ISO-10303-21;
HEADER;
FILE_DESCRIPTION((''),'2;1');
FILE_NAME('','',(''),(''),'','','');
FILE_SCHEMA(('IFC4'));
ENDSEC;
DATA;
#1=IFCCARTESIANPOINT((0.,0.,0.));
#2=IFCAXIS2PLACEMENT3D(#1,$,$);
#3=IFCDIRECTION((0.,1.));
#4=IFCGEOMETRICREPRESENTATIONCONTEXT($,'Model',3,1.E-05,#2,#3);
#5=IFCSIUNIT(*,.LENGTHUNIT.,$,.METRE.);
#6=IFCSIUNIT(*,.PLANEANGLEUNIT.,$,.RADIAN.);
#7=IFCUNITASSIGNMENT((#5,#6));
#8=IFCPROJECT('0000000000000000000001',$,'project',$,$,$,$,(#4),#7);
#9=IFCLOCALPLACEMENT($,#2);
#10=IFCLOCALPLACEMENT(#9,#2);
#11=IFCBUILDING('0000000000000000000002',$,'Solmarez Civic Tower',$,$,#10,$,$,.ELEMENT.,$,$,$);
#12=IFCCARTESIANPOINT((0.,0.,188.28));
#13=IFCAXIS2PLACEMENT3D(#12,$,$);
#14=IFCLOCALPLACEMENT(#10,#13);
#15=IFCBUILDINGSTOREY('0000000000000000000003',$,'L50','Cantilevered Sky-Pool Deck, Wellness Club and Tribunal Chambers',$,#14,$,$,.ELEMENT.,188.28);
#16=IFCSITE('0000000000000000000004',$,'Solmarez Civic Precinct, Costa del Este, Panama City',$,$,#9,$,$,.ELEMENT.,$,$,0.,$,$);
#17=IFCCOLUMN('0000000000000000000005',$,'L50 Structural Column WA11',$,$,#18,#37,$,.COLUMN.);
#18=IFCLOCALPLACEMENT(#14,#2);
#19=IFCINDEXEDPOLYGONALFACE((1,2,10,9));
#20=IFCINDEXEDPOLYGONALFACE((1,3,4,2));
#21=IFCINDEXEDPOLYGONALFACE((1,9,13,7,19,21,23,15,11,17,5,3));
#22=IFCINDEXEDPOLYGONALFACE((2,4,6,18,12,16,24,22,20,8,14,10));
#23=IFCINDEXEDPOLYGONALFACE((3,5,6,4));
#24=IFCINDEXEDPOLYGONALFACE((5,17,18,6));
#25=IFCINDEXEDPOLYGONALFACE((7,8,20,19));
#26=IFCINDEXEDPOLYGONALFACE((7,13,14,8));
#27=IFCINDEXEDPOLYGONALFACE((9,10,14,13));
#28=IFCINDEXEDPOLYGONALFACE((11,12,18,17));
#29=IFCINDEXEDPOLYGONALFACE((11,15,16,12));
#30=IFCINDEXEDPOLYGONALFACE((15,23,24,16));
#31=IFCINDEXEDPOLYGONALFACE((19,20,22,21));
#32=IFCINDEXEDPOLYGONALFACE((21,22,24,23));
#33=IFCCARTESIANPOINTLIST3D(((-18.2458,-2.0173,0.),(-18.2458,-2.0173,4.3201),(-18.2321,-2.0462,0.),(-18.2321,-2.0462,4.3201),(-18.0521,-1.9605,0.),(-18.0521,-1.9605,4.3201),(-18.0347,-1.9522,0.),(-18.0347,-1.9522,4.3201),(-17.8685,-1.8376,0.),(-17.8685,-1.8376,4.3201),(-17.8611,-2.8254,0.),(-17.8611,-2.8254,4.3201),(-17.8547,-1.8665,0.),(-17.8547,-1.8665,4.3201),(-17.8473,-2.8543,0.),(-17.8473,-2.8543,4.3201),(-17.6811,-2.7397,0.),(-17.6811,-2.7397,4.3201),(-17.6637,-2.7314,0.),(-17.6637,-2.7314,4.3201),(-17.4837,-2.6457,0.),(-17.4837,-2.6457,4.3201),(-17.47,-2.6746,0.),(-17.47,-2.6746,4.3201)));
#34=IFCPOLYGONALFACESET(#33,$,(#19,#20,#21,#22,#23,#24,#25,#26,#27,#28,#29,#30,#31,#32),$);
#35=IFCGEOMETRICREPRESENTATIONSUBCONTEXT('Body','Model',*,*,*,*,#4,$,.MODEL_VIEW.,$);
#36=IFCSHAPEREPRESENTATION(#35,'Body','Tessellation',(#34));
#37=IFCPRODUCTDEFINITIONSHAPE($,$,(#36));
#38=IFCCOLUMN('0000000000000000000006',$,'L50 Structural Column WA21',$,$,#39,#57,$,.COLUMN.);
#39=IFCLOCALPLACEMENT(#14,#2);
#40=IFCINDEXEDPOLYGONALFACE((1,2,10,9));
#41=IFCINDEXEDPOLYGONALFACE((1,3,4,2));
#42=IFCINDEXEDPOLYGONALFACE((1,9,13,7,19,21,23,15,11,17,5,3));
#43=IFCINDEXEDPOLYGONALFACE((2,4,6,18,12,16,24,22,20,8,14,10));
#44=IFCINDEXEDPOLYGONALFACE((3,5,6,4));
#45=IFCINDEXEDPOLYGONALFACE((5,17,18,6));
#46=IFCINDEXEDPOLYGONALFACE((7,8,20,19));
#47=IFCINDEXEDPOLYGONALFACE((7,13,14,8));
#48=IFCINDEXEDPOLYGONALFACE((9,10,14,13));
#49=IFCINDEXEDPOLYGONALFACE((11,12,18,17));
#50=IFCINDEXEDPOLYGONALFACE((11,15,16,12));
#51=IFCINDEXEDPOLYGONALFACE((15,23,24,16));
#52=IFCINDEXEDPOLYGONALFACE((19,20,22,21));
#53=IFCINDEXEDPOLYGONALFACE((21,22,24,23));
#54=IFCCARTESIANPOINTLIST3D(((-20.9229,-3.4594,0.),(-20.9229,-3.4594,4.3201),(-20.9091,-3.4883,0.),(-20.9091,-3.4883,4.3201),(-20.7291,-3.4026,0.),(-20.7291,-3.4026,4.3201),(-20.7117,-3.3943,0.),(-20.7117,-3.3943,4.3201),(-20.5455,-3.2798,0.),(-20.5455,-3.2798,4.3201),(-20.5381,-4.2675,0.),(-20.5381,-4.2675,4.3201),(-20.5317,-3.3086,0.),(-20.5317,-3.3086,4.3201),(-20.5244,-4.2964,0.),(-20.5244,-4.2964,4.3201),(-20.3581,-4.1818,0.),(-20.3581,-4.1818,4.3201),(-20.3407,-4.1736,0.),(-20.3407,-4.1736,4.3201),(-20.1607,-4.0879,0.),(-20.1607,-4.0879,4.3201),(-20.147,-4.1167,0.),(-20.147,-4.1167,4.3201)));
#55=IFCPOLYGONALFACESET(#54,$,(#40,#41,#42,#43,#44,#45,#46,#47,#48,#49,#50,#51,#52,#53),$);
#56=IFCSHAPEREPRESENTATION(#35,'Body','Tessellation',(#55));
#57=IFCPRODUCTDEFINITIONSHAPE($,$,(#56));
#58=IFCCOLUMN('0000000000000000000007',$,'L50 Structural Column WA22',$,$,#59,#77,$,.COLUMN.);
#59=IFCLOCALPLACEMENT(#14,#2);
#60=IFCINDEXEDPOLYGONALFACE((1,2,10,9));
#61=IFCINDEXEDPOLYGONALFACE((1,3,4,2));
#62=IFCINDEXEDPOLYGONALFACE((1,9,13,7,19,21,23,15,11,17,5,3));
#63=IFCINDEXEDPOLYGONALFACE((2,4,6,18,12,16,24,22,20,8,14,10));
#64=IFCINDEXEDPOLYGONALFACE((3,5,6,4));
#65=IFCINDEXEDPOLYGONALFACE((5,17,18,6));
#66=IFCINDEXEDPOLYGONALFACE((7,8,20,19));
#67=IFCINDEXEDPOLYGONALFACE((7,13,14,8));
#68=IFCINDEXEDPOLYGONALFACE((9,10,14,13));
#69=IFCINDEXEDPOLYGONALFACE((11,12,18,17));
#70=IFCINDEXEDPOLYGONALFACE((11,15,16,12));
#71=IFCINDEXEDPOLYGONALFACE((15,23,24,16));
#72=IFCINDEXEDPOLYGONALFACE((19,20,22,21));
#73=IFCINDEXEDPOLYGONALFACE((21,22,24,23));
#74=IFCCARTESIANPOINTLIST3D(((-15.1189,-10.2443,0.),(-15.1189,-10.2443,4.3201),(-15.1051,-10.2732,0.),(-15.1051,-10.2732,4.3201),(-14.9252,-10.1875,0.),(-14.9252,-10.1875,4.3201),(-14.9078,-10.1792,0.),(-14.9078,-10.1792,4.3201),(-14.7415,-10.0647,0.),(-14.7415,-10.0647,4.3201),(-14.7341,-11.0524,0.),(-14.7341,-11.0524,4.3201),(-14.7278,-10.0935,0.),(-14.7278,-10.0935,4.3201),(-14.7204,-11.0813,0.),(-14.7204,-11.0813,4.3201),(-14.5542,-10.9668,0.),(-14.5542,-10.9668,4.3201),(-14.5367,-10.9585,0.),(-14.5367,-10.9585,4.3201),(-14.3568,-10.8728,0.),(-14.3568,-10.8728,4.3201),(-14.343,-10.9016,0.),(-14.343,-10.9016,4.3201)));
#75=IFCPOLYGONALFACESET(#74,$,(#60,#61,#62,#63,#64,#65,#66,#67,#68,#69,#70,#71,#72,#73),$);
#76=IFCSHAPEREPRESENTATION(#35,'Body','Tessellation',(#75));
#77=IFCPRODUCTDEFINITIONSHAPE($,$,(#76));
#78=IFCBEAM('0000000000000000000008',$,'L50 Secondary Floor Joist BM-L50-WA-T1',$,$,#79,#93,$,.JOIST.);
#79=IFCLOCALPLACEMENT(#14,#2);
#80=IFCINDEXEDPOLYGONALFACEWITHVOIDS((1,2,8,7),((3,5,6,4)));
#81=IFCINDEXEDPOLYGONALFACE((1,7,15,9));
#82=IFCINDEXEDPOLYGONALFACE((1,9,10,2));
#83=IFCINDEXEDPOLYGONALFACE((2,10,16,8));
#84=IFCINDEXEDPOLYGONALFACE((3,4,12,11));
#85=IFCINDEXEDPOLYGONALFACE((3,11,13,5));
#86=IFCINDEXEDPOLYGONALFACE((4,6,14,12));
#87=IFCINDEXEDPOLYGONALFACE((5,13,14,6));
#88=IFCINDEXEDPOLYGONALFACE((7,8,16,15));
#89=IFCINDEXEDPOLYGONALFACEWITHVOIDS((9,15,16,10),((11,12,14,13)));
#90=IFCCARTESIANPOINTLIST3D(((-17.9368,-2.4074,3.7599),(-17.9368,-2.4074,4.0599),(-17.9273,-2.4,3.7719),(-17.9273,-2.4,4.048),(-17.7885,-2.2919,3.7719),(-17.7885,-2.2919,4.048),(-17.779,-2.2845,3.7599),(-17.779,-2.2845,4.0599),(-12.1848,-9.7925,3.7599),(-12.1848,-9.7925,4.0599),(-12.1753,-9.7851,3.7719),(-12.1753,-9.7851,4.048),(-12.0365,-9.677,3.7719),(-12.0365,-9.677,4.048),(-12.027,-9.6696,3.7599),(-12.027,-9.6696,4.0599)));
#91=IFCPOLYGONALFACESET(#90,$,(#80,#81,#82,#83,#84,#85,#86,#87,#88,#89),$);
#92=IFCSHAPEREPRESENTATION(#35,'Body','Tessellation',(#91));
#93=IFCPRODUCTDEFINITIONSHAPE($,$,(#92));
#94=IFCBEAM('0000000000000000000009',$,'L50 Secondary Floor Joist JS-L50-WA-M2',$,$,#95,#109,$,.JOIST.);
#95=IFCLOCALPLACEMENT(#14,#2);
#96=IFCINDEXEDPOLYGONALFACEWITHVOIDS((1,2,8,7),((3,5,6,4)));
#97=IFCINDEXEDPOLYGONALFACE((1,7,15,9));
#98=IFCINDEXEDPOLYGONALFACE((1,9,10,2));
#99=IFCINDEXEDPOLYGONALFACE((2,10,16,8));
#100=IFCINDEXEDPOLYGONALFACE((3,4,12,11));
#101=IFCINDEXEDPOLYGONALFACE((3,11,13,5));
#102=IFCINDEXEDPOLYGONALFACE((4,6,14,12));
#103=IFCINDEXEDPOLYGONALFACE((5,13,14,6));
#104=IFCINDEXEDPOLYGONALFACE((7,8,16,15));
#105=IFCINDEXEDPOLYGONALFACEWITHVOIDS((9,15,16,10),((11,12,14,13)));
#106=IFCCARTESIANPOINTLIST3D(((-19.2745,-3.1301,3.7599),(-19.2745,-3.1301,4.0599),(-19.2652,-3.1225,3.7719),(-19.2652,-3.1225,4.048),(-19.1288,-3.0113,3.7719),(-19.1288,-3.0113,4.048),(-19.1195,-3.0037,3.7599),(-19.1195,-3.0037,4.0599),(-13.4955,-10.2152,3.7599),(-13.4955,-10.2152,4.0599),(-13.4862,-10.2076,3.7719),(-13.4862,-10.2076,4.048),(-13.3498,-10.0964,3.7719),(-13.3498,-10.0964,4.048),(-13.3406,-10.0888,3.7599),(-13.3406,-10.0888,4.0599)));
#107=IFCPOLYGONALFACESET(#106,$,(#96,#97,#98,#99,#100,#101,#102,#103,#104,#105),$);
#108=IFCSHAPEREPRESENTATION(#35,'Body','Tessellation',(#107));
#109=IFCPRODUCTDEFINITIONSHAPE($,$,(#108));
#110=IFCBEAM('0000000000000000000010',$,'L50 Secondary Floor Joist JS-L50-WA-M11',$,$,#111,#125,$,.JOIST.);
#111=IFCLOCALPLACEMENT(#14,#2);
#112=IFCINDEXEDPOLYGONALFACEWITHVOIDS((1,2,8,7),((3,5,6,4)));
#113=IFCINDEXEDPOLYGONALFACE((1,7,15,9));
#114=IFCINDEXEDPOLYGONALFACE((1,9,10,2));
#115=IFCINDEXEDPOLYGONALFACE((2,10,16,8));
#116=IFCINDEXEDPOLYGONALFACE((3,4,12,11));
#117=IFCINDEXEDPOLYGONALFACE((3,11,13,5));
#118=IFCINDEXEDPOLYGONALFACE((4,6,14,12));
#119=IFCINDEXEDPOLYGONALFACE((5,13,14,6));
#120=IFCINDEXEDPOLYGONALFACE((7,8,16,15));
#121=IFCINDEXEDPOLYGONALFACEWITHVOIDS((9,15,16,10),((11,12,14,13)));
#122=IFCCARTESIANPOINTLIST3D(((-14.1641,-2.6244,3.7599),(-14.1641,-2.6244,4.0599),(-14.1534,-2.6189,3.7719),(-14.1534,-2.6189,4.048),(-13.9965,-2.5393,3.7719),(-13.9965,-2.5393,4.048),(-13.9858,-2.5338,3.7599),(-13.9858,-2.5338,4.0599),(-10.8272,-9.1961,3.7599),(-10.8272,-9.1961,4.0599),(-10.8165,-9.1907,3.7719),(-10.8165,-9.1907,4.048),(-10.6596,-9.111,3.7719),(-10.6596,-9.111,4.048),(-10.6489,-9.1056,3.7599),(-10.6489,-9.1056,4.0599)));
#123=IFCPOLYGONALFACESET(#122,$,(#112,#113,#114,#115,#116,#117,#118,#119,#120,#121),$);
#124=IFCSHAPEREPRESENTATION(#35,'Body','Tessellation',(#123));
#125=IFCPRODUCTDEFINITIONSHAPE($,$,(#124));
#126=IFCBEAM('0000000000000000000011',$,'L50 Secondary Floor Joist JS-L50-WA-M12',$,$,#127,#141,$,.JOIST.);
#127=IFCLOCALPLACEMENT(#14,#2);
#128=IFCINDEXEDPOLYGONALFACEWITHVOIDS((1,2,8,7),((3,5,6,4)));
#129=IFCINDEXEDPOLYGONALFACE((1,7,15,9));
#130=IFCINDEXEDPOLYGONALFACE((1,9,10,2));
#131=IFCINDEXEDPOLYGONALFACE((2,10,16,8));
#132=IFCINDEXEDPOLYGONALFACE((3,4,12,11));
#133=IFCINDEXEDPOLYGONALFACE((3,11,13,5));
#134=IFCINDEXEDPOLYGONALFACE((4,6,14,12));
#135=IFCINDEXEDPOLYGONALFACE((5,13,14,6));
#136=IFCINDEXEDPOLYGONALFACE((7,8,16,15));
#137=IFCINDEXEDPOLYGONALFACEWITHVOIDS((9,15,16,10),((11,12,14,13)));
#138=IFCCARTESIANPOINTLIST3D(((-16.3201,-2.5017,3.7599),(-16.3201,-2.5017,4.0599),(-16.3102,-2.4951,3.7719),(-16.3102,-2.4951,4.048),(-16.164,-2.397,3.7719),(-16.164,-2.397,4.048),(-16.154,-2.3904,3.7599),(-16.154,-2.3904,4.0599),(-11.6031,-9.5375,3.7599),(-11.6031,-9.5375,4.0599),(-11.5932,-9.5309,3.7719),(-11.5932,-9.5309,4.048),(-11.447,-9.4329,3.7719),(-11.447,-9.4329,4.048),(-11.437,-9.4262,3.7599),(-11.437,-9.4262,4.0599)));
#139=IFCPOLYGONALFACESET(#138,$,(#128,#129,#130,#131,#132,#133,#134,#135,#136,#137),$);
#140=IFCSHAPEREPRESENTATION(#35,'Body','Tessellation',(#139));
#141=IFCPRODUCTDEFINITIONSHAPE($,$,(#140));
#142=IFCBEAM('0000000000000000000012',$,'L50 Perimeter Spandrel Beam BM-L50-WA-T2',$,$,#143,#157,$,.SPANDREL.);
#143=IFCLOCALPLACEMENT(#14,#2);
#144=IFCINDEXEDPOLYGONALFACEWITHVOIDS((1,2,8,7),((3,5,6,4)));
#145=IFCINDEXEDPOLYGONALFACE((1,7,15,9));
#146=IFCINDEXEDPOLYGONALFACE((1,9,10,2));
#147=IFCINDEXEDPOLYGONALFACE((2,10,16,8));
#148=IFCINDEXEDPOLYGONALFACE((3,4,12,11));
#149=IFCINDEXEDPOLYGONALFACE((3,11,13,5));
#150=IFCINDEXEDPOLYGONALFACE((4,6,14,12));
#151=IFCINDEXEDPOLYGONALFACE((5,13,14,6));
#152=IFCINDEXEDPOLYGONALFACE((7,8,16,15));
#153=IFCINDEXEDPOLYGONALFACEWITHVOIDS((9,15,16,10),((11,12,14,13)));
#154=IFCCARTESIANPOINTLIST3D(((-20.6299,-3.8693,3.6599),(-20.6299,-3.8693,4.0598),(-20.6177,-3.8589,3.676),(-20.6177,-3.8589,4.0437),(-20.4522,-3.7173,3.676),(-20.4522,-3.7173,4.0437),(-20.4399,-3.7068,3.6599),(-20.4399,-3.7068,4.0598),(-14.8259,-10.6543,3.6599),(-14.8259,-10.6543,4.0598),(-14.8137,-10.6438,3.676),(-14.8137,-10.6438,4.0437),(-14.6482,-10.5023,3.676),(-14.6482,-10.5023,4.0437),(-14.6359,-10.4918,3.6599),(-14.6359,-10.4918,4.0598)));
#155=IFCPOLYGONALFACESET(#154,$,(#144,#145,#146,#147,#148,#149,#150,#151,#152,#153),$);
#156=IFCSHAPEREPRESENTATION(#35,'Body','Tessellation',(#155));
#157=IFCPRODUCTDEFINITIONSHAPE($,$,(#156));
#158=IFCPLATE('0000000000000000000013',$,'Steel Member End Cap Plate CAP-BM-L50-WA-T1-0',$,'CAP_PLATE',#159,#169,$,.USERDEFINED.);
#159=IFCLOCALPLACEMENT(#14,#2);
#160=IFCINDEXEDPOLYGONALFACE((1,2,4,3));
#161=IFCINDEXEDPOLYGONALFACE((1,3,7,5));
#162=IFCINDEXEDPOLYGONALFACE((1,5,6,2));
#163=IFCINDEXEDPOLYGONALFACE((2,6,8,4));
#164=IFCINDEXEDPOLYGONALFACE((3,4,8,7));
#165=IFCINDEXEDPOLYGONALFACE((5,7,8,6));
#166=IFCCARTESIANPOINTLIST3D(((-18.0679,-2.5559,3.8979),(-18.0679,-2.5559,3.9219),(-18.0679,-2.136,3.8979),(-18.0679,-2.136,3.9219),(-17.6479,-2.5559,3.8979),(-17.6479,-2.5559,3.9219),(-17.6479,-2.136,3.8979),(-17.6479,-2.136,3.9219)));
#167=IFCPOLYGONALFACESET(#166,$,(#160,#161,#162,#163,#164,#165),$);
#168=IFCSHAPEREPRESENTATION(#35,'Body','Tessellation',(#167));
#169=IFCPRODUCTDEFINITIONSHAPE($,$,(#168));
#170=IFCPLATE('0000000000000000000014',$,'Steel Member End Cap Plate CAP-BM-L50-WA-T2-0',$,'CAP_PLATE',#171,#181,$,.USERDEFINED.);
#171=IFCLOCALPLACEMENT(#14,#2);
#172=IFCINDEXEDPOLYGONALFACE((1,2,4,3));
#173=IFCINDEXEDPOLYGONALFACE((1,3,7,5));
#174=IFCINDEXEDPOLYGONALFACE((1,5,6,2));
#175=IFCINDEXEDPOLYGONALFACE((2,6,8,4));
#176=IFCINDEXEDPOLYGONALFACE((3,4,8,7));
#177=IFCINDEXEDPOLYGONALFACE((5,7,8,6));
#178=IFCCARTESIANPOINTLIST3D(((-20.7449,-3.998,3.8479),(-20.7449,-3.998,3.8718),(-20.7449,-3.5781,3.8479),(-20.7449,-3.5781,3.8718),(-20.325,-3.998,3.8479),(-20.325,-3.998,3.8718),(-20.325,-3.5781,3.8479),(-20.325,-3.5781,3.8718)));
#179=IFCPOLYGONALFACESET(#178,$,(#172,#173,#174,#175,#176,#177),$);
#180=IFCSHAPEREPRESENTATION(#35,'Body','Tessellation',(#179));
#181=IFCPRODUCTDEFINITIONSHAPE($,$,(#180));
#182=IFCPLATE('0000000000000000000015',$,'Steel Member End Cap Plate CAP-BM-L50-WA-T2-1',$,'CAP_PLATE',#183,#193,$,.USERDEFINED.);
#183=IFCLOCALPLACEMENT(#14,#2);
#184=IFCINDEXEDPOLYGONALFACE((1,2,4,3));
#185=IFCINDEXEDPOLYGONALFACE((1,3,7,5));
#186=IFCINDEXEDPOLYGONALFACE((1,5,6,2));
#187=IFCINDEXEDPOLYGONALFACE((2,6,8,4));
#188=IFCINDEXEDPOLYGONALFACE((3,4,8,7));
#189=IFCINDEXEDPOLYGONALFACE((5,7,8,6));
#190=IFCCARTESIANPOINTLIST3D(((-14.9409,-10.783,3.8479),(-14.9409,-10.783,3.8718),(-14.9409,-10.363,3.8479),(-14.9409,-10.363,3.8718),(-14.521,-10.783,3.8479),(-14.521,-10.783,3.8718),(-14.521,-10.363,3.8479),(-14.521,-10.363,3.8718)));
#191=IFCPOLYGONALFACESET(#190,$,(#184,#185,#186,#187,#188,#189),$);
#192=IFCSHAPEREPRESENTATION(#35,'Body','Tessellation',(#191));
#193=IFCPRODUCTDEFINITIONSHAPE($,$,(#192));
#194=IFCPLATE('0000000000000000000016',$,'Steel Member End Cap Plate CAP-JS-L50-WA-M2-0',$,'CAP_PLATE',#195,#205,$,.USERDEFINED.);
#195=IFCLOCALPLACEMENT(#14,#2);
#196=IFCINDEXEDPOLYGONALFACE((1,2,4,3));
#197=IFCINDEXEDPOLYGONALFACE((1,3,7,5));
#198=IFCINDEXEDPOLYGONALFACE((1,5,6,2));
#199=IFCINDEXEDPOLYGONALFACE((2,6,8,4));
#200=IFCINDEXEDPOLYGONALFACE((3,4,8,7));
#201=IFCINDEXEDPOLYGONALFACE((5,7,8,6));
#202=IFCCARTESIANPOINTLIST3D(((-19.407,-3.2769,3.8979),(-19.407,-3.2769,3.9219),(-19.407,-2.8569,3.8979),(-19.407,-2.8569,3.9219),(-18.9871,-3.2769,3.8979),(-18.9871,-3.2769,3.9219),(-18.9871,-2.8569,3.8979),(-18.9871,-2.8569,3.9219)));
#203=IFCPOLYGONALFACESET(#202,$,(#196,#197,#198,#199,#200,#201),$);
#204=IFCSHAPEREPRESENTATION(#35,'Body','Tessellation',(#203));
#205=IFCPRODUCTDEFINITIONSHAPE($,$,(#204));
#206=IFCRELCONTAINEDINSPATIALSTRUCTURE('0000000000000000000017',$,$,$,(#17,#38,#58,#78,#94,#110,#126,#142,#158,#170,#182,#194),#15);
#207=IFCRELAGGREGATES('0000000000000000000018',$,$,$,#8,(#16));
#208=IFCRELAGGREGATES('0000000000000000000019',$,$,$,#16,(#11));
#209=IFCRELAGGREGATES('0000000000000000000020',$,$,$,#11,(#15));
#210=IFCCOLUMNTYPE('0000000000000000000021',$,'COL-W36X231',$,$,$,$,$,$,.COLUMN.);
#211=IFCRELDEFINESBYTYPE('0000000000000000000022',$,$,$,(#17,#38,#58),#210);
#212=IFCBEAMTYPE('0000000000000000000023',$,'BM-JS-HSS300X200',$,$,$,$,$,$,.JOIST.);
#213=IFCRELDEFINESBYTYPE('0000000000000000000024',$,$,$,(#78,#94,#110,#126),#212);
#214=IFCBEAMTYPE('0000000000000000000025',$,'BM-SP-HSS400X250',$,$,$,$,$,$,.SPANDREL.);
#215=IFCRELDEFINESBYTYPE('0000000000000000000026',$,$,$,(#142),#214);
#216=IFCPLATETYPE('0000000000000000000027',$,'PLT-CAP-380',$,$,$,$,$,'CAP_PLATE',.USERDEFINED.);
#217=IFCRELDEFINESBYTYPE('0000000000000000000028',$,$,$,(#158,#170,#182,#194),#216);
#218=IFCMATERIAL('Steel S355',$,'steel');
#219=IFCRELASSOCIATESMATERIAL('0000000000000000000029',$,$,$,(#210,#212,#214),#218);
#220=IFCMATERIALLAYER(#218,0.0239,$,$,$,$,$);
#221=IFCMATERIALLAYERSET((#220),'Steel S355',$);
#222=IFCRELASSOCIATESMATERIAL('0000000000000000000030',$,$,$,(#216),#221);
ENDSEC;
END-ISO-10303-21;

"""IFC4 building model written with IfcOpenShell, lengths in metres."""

from ifc_helpers import new_model, si_unit, direction, frame, origin, origin_2d, place, context, subcontext, project, spatial, rectangle, hollow_rectangle, i_section, extrude, material, layer, layer_set, material_profile, profile_set, type_object, element, save


model = new_model("IFC4")

# Units and contexts
model_context = context("Model", 3, precision=1e-05, world=origin(), true_north=direction((0.0, 1.0)))
body_context = subcontext(model_context, "Body", "Model", "MODEL_VIEW")
ifc_project = project(units=[si_unit("LENGTHUNIT", "METRE"), si_unit("PLANEANGLEUNIT", "RADIAN")], contexts=[model_context])

# Site, building, storey
site_placement = place(None, origin())
site = spatial("IfcSite", under=ifc_project, at=site_placement, Name="Solmarez Civic Precinct, Costa del Este, Panama City", CompositionType="ELEMENT", RefElevation=0.0)
building_placement = place(site_placement, origin())
building = spatial("IfcBuilding", under=site, at=building_placement, Name="Solmarez Civic Tower", CompositionType="ELEMENT")
storey_placement = place(building_placement, frame((0.0, 0.0, 188.28)))
storey = spatial("IfcBuildingStorey", under=building, at=storey_placement, Name="L50", Description="Cantilevered Sky-Pool Deck, Wellness Club and Tribunal Chambers", CompositionType="ELEMENT", Elevation=188.28)

# Columns
ifc_material_1 = material(Name="Steel S355", Category="steel")
ifc_material_profile_1 = material_profile(ifc_material_1, i_section(OverallWidth=0.418, OverallDepth=0.927, WebThickness=0.0193, FlangeThickness=0.032, at=origin_2d()), Name="W36X231")
ifc_profile_set_1 = profile_set([ifc_material_profile_1], Name="Steel S355")
column_type = type_object("IfcColumnType", Name="COL-W36X231", PredefinedType="COLUMN", material=ifc_profile_set_1)
for number, where, z_axis, x_axis, name in (
    (1, (-17.8579, -2.3459, 0.0), (0.0, 0.0, 1.0), (0.902886, 0.429881, 0.0), "L50 Structural Column WA11"),
    (2, (-20.5349, -3.7881, 0.0), (0.0, 0.0, 1.0), (0.902886, 0.429881, 0.0), "L50 Structural Column WA21"),
    (3, (-14.731, -10.573, 0.0), (0.0, 0.0, 1.0), (0.902886, 0.429881, 0.0), "L50 Structural Column WA22"),
):
    element("IfcColumn", number, at=place(storey_placement, frame(where, z_axis=z_axis, x_axis=x_axis)), inside=storey, type_object=column_type, Name=name, PredefinedType="COLUMN", context=body_context, shape_type="SweptSolid", body=[
        extrude(i_section(OverallWidth=0.418, OverallDepth=0.927, WebThickness=0.0193, FlangeThickness=0.032, at=origin_2d()), origin(), (0.0, 0.0, 1.0), 4.3201),
    ])

# Beams
ifc_material_profile_2 = material_profile(ifc_material_1, hollow_rectangle(XDim=0.2, YDim=0.3, WallThickness=0.012, at=origin_2d()), Name="HSS300X200X12")
ifc_profile_set_2 = profile_set([ifc_material_profile_2], Name="Steel S355")
beam_type_1 = type_object("IfcBeamType", Name="BM-JS-HSS300X200", PredefinedType="JOIST", material=ifc_profile_set_2)
beam_1_placement = place(storey_placement, frame((-17.8579, -2.3459, 3.9099), z_axis=(0.614477, -0.788935, 0.0), x_axis=(0.788935, 0.614477, 0.0)))
element("IfcBeam", 4, at=beam_1_placement, inside=storey, type_object=beam_type_1, Name="L50 Secondary Floor Joist BM-L50-WA-T1", PredefinedType="JOIST", context=body_context, shape_type="SweptSolid", body=[
    extrude(hollow_rectangle(XDim=0.2, YDim=0.3, WallThickness=0.012, at=origin_2d()), origin(), (0.0, 0.0, 1.0), 9.3608),
])
beam_2_placement = place(storey_placement, frame((-19.197, -3.0669, 3.9099), z_axis=(0.632062, -0.774918, 0.0), x_axis=(0.774918, 0.632062, 0.0)))
element("IfcBeam", 5, at=beam_2_placement, inside=storey, type_object=beam_type_1, Name="L50 Secondary Floor Joist JS-L50-WA-M2", PredefinedType="JOIST", context=body_context, shape_type="SweptSolid", body=[
    extrude(hollow_rectangle(XDim=0.2, YDim=0.3, WallThickness=0.012, at=origin_2d()), origin(), (0.0, 0.0, 1.0), 9.1431),
])
beam_3_placement = place(storey_placement, frame((-14.075, -2.5791, 3.9099), z_axis=(0.452743, -0.891641, 0.0), x_axis=(0.891641, 0.452743, 0.0)))
element("IfcBeam", 6, at=beam_3_placement, inside=storey, type_object=beam_type_1, Name="L50 Secondary Floor Joist JS-L50-WA-M11", PredefinedType="JOIST", context=body_context, shape_type="SweptSolid", body=[
    extrude(hollow_rectangle(XDim=0.2, YDim=0.3, WallThickness=0.012, at=origin_2d()), origin(), (0.0, 0.0, 1.0), 7.3704),
])
beam_4_placement = place(storey_placement, frame((-16.2371, -2.446, 3.9099), z_axis=(0.55686, -0.830606, 0.0), x_axis=(0.830606, 0.55686, 0.0)))
element("IfcBeam", 7, at=beam_4_placement, inside=storey, type_object=beam_type_1, Name="L50 Secondary Floor Joist JS-L50-WA-M12", PredefinedType="JOIST", context=body_context, shape_type="SweptSolid", body=[
    extrude(hollow_rectangle(XDim=0.2, YDim=0.3, WallThickness=0.012, at=origin_2d()), origin(), (0.0, 0.0, 1.0), 8.4707),
])
ifc_material_profile_3 = material_profile(ifc_material_1, hollow_rectangle(XDim=0.25, YDim=0.3999, WallThickness=0.0161, at=origin_2d()), Name="HSS400X250X16")
ifc_profile_set_3 = profile_set([ifc_material_profile_3], Name="Steel S355")
beam_type_2 = type_object("IfcBeamType", Name="BM-SP-HSS400X250", PredefinedType="SPANDREL", material=ifc_profile_set_3)
beam_5_placement = place(storey_placement, frame((-20.5349, -3.7881, 3.8599), z_axis=(0.650037, -0.759903, 0.0), x_axis=(0.759903, 0.650037, 0.0)))
element("IfcBeam", 8, at=beam_5_placement, inside=storey, type_object=beam_type_2, Name="L50 Perimeter Spandrel Beam BM-L50-WA-T2", PredefinedType="SPANDREL", context=body_context, shape_type="SweptSolid", body=[
    extrude(hollow_rectangle(XDim=0.25, YDim=0.3999, WallThickness=0.0161, at=origin_2d()), origin(), (0.0, 0.0, 1.0), 8.9287),
])

# Plates
ifc_layer_1 = layer(ifc_material_1, 0.0239)
ifc_layer_set_1 = layer_set([ifc_layer_1], Name="Steel S355")
plate_type = type_object("IfcPlateType", Name="PLT-CAP-380", ElementType="CAP_PLATE", PredefinedType="USERDEFINED", material=ifc_layer_set_1)
for number, where, z_axis, x_axis, name in (
    (9, (-17.8579, -2.3459, 3.8979), (0.0, 0.0, 1.0), (1.0, 0.0, 0.0), "Steel Member End Cap Plate CAP-BM-L50-WA-T1-0"),
    (10, (-20.5349, -3.7881, 3.8479), (0.0, 0.0, 1.0), (1.0, 0.0, 0.0), "Steel Member End Cap Plate CAP-BM-L50-WA-T2-0"),
    (11, (-14.731, -10.573, 3.8479), (0.0, 0.0, 1.0), (1.0, 0.0, 0.0), "Steel Member End Cap Plate CAP-BM-L50-WA-T2-1"),
    (12, (-19.197, -3.0669, 3.8979), (0.0, 0.0, 1.0), (1.0, 0.0, 0.0), "Steel Member End Cap Plate CAP-JS-L50-WA-M2-0"),
):
    element("IfcPlate", number, at=place(storey_placement, frame(where, z_axis=z_axis, x_axis=x_axis)), inside=storey, type_object=plate_type, Name=name, ObjectType="CAP_PLATE", PredefinedType="USERDEFINED", context=body_context, shape_type="SweptSolid", body=[
        extrude(rectangle(XDim=0.4199, YDim=0.4199, at=origin_2d()), origin(), (0.0, 0.0, 1.0), 0.0239),
    ])

save(model, "model.ifc")
